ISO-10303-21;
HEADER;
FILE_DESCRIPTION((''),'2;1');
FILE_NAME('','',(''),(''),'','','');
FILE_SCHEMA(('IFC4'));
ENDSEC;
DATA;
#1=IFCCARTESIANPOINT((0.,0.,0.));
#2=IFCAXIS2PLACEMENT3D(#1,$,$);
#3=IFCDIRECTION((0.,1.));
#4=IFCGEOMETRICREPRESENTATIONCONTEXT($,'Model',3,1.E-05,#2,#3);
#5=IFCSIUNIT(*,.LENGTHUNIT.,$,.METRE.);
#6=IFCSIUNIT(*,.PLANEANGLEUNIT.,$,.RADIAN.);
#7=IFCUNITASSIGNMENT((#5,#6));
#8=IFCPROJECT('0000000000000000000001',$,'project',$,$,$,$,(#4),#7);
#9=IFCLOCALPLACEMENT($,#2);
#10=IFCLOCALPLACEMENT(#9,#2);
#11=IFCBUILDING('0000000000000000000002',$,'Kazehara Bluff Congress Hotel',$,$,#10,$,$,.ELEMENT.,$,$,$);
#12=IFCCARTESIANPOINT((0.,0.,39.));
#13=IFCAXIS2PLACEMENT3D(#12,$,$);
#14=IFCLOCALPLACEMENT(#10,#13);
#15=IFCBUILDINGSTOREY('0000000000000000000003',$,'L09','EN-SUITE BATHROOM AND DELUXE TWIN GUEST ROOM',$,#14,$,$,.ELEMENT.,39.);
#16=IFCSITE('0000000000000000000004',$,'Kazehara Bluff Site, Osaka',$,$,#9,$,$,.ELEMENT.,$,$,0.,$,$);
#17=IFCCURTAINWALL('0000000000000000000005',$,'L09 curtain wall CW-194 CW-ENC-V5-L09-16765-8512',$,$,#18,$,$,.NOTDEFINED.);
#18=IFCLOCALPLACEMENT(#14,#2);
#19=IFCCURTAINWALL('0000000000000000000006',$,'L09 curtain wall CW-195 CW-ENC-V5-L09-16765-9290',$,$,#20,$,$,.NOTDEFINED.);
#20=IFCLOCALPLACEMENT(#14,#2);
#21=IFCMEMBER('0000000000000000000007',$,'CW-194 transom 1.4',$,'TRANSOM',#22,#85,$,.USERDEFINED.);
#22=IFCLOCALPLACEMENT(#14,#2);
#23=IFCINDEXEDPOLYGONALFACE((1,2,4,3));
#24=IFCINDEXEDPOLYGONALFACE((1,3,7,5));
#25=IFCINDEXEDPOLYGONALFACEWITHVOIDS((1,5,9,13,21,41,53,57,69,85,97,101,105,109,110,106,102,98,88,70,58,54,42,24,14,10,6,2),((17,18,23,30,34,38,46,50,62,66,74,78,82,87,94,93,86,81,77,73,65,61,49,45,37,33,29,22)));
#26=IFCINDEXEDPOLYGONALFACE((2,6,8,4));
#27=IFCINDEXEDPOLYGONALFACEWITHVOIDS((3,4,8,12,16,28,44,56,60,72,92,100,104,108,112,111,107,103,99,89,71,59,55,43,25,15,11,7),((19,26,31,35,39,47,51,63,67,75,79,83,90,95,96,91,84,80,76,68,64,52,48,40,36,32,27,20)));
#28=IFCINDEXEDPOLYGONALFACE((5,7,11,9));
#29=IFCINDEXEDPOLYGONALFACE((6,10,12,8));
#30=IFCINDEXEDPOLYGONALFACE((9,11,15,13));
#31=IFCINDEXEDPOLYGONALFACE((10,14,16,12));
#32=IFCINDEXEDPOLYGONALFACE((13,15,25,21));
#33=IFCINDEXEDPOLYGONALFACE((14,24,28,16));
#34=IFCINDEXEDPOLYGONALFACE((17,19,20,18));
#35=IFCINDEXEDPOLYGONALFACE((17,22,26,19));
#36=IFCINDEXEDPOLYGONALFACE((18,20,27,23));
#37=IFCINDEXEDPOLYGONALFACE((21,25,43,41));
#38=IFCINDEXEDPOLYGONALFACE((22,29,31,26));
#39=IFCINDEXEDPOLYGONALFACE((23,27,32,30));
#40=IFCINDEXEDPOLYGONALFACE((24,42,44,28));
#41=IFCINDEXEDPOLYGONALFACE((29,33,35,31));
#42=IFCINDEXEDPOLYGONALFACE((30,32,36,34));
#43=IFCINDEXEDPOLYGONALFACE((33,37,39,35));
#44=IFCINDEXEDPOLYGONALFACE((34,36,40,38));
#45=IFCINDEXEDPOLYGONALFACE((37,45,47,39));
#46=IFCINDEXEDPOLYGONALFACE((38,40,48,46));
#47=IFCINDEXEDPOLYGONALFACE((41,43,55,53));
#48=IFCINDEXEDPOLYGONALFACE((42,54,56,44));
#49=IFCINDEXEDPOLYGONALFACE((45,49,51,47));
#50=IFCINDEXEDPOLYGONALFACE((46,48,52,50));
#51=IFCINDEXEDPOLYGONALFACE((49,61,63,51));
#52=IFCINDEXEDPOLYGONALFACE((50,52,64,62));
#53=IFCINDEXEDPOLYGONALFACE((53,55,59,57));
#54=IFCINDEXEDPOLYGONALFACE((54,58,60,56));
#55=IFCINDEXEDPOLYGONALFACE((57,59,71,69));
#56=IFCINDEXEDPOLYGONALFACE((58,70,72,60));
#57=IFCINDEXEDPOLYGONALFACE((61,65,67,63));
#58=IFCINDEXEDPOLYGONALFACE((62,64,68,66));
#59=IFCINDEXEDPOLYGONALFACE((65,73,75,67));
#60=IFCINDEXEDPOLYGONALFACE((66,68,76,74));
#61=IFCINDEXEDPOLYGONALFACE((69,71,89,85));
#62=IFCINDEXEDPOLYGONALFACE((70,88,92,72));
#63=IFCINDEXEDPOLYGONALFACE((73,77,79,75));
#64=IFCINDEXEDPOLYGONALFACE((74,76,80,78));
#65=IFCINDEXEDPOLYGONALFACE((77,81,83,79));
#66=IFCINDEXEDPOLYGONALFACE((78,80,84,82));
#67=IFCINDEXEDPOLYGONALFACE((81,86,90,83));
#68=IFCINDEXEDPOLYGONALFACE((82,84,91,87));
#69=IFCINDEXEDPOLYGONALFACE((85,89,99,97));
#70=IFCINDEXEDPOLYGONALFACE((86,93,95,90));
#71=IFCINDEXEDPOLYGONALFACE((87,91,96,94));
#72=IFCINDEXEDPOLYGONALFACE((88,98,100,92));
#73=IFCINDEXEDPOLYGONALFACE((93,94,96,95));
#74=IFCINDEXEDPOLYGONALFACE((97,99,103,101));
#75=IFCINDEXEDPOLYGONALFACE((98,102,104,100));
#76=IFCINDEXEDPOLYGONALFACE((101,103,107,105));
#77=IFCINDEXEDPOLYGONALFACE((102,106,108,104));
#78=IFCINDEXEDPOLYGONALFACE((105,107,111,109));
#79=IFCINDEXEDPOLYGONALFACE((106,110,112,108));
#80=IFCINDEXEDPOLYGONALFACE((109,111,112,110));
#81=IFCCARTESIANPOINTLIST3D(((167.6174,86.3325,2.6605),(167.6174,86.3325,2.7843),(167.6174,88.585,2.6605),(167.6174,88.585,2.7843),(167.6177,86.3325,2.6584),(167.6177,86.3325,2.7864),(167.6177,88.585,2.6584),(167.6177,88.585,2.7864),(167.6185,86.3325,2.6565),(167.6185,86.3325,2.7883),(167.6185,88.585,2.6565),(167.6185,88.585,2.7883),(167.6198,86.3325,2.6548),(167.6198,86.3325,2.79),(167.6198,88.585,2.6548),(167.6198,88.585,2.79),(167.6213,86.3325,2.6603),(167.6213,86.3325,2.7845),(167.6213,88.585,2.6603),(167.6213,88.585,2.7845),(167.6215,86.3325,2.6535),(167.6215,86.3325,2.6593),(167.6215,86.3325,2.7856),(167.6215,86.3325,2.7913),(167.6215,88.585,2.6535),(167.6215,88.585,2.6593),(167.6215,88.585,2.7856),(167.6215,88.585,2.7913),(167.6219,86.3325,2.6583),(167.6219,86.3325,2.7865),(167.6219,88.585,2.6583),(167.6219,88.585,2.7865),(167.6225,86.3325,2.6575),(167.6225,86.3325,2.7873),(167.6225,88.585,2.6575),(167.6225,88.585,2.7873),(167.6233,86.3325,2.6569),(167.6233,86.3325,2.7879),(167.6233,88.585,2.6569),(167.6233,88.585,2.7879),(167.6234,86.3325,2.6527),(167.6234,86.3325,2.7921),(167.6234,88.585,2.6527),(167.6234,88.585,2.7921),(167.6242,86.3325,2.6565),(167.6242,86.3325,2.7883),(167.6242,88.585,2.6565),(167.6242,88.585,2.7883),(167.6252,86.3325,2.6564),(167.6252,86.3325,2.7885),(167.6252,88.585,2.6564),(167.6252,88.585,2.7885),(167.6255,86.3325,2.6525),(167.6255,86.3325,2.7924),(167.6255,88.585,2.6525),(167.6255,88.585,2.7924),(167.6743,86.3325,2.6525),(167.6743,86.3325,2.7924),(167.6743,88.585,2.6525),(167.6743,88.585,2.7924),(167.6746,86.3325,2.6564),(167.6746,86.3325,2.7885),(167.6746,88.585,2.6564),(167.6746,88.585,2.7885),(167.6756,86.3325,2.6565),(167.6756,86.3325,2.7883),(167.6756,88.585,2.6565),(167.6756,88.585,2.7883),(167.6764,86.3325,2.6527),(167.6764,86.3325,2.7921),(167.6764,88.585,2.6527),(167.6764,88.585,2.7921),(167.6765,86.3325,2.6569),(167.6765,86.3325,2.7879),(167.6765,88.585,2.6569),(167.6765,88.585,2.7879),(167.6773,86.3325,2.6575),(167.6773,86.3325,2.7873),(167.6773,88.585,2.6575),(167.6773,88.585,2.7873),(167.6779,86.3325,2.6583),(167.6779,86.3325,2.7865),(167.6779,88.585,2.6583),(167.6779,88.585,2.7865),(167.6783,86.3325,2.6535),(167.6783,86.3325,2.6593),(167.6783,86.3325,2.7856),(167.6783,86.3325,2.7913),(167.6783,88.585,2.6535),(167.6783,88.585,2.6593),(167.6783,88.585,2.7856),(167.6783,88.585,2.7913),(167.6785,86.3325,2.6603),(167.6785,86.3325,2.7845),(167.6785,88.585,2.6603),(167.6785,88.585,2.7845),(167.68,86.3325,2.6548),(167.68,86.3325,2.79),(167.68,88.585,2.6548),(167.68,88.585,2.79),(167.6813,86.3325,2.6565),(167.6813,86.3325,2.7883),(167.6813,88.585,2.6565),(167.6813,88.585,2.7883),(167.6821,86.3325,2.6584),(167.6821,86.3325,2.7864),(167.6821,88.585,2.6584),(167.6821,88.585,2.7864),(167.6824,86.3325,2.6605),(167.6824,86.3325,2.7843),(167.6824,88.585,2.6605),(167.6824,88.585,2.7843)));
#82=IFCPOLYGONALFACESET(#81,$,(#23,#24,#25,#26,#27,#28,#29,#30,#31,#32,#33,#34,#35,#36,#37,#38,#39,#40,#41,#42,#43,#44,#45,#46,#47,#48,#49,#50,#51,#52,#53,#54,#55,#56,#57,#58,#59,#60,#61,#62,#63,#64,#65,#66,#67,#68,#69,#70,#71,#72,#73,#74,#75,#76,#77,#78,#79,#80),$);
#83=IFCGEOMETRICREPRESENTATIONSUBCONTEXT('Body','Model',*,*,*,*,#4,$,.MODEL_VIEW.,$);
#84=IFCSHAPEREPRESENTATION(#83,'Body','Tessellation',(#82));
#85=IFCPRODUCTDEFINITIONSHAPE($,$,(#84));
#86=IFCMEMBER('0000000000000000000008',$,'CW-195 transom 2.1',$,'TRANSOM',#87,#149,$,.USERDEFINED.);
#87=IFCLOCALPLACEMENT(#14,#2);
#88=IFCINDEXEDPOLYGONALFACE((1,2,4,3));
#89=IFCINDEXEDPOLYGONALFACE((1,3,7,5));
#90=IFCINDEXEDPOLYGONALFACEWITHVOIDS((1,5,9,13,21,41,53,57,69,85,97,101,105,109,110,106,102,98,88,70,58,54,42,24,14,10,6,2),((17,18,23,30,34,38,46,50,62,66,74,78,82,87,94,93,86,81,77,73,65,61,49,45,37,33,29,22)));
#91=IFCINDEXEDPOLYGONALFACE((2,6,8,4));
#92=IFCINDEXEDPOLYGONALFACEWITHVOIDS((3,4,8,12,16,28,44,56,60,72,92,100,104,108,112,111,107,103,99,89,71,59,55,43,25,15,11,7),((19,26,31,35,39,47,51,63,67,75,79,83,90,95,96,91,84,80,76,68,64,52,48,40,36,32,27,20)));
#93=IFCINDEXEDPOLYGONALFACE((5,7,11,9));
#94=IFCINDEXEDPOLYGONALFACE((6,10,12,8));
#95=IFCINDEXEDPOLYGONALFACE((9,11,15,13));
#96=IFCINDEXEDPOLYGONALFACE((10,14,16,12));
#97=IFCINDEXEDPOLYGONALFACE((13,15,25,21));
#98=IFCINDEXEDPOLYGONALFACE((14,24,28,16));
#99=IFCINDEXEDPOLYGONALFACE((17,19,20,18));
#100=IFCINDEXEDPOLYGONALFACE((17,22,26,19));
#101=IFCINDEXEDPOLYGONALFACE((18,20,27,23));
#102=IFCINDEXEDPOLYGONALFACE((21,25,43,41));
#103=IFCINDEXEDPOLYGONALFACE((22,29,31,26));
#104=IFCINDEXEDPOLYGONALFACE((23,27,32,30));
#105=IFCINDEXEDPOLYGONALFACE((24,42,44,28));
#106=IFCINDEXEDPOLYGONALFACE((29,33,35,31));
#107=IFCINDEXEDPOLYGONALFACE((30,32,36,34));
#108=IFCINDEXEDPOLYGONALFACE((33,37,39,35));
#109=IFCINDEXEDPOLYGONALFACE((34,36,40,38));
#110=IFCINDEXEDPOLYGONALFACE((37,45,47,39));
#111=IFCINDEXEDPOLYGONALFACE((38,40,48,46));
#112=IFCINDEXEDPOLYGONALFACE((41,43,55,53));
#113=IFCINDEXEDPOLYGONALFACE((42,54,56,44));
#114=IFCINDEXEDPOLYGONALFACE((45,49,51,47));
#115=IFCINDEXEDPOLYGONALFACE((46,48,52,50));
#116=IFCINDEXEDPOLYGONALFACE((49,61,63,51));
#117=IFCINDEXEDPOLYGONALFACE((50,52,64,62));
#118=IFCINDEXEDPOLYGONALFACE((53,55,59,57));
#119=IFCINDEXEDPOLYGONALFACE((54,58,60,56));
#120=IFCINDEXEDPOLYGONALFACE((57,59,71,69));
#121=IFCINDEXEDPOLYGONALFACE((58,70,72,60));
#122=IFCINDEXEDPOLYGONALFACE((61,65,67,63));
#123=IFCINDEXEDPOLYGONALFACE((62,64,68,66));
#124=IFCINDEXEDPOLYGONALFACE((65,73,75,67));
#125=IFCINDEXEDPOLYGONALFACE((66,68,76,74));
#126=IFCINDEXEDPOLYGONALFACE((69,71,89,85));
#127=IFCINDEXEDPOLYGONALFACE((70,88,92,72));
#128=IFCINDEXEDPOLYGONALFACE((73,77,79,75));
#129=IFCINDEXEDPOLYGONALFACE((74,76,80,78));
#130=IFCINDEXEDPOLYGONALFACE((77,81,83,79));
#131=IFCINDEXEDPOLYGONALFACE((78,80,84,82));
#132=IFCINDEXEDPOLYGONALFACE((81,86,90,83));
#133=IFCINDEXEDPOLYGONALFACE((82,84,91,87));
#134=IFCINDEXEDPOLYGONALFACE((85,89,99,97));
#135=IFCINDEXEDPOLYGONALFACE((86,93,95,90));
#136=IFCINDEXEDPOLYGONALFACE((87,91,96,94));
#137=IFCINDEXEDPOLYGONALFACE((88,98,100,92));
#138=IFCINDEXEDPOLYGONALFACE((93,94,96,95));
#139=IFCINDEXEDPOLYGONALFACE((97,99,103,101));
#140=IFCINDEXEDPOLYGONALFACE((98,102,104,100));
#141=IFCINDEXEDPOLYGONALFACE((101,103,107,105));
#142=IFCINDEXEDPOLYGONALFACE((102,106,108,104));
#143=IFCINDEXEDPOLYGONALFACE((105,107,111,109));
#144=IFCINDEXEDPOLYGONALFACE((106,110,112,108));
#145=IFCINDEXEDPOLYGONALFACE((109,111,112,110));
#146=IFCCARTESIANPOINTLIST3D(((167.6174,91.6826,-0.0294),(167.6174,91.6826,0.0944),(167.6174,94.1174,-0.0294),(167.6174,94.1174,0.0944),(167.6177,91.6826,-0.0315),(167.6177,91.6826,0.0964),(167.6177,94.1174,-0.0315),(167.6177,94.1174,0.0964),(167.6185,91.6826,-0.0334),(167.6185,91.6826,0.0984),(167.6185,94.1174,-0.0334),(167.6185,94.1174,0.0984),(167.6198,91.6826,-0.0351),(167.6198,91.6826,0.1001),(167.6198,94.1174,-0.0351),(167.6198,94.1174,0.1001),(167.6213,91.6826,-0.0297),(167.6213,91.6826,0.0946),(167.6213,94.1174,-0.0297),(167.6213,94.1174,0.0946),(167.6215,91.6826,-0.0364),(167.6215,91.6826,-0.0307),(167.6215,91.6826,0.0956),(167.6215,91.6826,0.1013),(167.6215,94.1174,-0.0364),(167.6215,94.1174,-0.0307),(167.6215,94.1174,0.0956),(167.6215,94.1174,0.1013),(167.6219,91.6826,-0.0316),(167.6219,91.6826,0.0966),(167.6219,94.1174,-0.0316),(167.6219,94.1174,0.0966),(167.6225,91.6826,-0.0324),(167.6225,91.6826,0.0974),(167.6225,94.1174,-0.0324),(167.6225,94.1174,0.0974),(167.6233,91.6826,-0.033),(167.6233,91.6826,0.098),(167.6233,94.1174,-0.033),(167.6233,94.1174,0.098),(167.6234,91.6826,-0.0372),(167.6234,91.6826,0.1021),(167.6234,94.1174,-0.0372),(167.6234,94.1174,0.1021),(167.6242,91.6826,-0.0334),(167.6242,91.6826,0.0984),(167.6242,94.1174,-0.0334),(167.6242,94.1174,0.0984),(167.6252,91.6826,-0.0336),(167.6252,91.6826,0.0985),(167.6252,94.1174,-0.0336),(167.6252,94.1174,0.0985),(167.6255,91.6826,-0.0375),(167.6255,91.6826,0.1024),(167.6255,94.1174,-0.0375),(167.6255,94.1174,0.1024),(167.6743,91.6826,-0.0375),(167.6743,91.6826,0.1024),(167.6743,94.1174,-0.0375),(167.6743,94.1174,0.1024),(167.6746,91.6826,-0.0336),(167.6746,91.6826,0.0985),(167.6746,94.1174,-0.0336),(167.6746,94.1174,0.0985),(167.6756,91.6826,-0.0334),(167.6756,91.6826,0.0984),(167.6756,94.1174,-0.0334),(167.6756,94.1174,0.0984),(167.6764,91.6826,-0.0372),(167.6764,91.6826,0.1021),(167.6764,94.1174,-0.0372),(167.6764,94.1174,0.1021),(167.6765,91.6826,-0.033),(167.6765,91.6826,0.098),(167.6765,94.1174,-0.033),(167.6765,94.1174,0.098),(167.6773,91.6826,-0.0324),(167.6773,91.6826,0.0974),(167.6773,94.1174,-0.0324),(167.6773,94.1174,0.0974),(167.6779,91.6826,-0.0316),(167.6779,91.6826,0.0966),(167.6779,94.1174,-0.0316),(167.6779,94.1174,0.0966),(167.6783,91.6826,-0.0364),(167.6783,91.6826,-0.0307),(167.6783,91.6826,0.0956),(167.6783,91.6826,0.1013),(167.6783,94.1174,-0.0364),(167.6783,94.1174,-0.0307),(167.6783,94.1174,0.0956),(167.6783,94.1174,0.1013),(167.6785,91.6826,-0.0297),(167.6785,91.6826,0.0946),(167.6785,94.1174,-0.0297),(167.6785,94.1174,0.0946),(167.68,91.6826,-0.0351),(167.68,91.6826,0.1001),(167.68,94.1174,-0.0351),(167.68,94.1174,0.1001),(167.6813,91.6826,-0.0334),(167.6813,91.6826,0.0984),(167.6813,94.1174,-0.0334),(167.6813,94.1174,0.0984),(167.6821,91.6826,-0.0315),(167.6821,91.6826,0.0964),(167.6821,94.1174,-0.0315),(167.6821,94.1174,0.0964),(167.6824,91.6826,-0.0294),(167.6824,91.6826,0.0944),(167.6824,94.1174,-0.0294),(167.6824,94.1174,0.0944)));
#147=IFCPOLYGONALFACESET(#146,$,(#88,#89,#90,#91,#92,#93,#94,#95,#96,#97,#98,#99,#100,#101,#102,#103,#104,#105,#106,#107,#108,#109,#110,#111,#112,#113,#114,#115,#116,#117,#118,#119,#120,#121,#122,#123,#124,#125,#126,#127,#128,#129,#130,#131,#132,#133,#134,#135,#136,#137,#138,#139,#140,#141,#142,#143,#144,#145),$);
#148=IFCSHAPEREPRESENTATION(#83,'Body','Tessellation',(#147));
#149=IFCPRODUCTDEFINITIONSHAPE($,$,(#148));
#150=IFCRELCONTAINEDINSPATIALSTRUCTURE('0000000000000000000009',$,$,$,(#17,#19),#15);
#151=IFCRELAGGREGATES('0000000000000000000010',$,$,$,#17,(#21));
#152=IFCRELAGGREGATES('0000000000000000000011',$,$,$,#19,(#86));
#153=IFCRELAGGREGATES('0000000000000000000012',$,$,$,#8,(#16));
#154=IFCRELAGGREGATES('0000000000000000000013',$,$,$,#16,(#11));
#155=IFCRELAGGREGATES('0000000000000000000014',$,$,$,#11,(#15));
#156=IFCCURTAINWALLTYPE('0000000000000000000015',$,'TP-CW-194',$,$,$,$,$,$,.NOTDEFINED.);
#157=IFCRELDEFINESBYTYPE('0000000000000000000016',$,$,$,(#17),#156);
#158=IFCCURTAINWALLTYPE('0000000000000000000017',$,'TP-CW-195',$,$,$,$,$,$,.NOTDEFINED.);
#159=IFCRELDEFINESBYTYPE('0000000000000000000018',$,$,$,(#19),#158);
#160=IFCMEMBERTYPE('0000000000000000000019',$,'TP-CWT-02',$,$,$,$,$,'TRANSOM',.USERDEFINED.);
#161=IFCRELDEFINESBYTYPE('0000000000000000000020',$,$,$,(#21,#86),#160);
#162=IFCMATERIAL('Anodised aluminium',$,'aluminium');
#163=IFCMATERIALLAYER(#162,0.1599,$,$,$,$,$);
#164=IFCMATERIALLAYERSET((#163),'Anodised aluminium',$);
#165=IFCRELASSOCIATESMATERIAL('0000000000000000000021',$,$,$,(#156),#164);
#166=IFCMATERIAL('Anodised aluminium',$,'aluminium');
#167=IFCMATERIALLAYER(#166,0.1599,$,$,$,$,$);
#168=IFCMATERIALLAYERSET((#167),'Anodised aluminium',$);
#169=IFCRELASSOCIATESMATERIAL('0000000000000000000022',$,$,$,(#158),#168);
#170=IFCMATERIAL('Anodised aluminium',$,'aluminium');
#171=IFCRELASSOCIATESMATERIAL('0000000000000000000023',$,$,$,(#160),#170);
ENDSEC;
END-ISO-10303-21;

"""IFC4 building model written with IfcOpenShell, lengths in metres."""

from ifc_helpers import new_model, si_unit, direction, frame, origin, origin_2d, place, context, subcontext, project, spatial, hollow_rectangle, extrude, material, layer, layer_set, material_profile, profile_set, type_object, element, aggregate, save


model = new_model("IFC4")

# Units and contexts
model_context = context("Model", 3, precision=1e-05, world=origin(), true_north=direction((0.0, 1.0)))
body_context = subcontext(model_context, "Body", "Model", "MODEL_VIEW")
ifc_project = project(units=[si_unit("LENGTHUNIT", "METRE"), si_unit("PLANEANGLEUNIT", "RADIAN")], contexts=[model_context])

# Site, building, storey
site_placement = place(None, origin())
site = spatial("IfcSite", under=ifc_project, at=site_placement, Name="Kazehara Bluff Site, Osaka", CompositionType="ELEMENT", RefElevation=0.0)
building_placement = place(site_placement, origin())
building = spatial("IfcBuilding", under=site, at=building_placement, Name="Kazehara Bluff Congress Hotel", CompositionType="ELEMENT")
storey_placement = place(building_placement, frame((0.0, 0.0, 39.0)))
storey = spatial("IfcBuildingStorey", under=building, at=storey_placement, Name="L09", Description="EN-SUITE BATHROOM AND DELUXE TWIN GUEST ROOM", CompositionType="ELEMENT", Elevation=39.0)

# Curtain wall
ifc_material_1 = material(Name="Anodised aluminium", Category="aluminium")
ifc_layer_1 = layer(ifc_material_1, 0.1599)
ifc_layer_set_1 = layer_set([ifc_layer_1], Name="Anodised aluminium")
curtain_wall_type_1 = type_object("IfcCurtainWallType", Name="TP-CW-194", PredefinedType="NOTDEFINED", material=ifc_layer_set_1)
curtain_wall_1_placement = place(storey_placement, origin())
curtain_wall_1 = element("IfcCurtainWall", 1, at=curtain_wall_1_placement, inside=storey, type_object=curtain_wall_type_1, Name="L09 curtain wall CW-194 CW-ENC-V5-L09-16765-8512", PredefinedType="NOTDEFINED")

# Curtain wall
ifc_material_2 = material(Name="Anodised aluminium", Category="aluminium")
ifc_layer_2 = layer(ifc_material_2, 0.1599)
ifc_layer_set_2 = layer_set([ifc_layer_2], Name="Anodised aluminium")
curtain_wall_type_2 = type_object("IfcCurtainWallType", Name="TP-CW-195", PredefinedType="NOTDEFINED", material=ifc_layer_set_2)
curtain_wall_2_placement = place(storey_placement, origin())
curtain_wall_2 = element("IfcCurtainWall", 2, at=curtain_wall_2_placement, inside=storey, type_object=curtain_wall_type_2, Name="L09 curtain wall CW-195 CW-ENC-V5-L09-16765-9290", PredefinedType="NOTDEFINED")

# Members
ifc_material_3 = material(Name="Anodised aluminium", Category="aluminium")
ifc_material_profile_1 = material_profile(ifc_material_3, hollow_rectangle(XDim=0.0649, YDim=0.1399, WallThickness=0.0039, InnerFilletRadius=0.0039, OuterFilletRadius=0.0081, at=origin_2d()))
ifc_profile_set_1 = profile_set([ifc_material_profile_1], Name="Anodised aluminium")
member_type_1 = type_object("IfcMemberType", Name="TP-CWT-02", ElementType="TRANSOM", PredefinedType="USERDEFINED", material=ifc_profile_set_1)
member_1_placement = place(storey_placement, frame((167.6499, 88.585, 2.7224), z_axis=(0.0, -1.0, 0.0), x_axis=(1.0, 0.0, 0.0)))
member_1 = element("IfcMember", 3, at=member_1_placement, type_object=member_type_1, Name="CW-194 transom 1.4", ObjectType="TRANSOM", PredefinedType="USERDEFINED", context=body_context, shape_type="SweptSolid", body=[
    extrude(hollow_rectangle(XDim=0.0649, YDim=0.1399, WallThickness=0.0039, InnerFilletRadius=0.0039, OuterFilletRadius=0.0081, at=origin_2d()), origin(), (0.0, 0.0, 1.0), 2.2524),
])
aggregate(curtain_wall_1, [member_1])
member_2_placement = place(storey_placement, frame((167.6499, 94.1174, 0.0325), z_axis=(0.0, -1.0, 0.0), x_axis=(1.0, 0.0, 0.0)))
member_2 = element("IfcMember", 4, at=member_2_placement, type_object=member_type_1, Name="CW-195 transom 2.1", ObjectType="TRANSOM", PredefinedType="USERDEFINED", context=body_context, shape_type="SweptSolid", body=[
    extrude(hollow_rectangle(XDim=0.0649, YDim=0.1399, WallThickness=0.0039, InnerFilletRadius=0.0039, OuterFilletRadius=0.0081, at=origin_2d()), origin(), (0.0, 0.0, 1.0), 2.4348),
])

aggregate(curtain_wall_2, [member_2])

save(model, "model.ifc")
